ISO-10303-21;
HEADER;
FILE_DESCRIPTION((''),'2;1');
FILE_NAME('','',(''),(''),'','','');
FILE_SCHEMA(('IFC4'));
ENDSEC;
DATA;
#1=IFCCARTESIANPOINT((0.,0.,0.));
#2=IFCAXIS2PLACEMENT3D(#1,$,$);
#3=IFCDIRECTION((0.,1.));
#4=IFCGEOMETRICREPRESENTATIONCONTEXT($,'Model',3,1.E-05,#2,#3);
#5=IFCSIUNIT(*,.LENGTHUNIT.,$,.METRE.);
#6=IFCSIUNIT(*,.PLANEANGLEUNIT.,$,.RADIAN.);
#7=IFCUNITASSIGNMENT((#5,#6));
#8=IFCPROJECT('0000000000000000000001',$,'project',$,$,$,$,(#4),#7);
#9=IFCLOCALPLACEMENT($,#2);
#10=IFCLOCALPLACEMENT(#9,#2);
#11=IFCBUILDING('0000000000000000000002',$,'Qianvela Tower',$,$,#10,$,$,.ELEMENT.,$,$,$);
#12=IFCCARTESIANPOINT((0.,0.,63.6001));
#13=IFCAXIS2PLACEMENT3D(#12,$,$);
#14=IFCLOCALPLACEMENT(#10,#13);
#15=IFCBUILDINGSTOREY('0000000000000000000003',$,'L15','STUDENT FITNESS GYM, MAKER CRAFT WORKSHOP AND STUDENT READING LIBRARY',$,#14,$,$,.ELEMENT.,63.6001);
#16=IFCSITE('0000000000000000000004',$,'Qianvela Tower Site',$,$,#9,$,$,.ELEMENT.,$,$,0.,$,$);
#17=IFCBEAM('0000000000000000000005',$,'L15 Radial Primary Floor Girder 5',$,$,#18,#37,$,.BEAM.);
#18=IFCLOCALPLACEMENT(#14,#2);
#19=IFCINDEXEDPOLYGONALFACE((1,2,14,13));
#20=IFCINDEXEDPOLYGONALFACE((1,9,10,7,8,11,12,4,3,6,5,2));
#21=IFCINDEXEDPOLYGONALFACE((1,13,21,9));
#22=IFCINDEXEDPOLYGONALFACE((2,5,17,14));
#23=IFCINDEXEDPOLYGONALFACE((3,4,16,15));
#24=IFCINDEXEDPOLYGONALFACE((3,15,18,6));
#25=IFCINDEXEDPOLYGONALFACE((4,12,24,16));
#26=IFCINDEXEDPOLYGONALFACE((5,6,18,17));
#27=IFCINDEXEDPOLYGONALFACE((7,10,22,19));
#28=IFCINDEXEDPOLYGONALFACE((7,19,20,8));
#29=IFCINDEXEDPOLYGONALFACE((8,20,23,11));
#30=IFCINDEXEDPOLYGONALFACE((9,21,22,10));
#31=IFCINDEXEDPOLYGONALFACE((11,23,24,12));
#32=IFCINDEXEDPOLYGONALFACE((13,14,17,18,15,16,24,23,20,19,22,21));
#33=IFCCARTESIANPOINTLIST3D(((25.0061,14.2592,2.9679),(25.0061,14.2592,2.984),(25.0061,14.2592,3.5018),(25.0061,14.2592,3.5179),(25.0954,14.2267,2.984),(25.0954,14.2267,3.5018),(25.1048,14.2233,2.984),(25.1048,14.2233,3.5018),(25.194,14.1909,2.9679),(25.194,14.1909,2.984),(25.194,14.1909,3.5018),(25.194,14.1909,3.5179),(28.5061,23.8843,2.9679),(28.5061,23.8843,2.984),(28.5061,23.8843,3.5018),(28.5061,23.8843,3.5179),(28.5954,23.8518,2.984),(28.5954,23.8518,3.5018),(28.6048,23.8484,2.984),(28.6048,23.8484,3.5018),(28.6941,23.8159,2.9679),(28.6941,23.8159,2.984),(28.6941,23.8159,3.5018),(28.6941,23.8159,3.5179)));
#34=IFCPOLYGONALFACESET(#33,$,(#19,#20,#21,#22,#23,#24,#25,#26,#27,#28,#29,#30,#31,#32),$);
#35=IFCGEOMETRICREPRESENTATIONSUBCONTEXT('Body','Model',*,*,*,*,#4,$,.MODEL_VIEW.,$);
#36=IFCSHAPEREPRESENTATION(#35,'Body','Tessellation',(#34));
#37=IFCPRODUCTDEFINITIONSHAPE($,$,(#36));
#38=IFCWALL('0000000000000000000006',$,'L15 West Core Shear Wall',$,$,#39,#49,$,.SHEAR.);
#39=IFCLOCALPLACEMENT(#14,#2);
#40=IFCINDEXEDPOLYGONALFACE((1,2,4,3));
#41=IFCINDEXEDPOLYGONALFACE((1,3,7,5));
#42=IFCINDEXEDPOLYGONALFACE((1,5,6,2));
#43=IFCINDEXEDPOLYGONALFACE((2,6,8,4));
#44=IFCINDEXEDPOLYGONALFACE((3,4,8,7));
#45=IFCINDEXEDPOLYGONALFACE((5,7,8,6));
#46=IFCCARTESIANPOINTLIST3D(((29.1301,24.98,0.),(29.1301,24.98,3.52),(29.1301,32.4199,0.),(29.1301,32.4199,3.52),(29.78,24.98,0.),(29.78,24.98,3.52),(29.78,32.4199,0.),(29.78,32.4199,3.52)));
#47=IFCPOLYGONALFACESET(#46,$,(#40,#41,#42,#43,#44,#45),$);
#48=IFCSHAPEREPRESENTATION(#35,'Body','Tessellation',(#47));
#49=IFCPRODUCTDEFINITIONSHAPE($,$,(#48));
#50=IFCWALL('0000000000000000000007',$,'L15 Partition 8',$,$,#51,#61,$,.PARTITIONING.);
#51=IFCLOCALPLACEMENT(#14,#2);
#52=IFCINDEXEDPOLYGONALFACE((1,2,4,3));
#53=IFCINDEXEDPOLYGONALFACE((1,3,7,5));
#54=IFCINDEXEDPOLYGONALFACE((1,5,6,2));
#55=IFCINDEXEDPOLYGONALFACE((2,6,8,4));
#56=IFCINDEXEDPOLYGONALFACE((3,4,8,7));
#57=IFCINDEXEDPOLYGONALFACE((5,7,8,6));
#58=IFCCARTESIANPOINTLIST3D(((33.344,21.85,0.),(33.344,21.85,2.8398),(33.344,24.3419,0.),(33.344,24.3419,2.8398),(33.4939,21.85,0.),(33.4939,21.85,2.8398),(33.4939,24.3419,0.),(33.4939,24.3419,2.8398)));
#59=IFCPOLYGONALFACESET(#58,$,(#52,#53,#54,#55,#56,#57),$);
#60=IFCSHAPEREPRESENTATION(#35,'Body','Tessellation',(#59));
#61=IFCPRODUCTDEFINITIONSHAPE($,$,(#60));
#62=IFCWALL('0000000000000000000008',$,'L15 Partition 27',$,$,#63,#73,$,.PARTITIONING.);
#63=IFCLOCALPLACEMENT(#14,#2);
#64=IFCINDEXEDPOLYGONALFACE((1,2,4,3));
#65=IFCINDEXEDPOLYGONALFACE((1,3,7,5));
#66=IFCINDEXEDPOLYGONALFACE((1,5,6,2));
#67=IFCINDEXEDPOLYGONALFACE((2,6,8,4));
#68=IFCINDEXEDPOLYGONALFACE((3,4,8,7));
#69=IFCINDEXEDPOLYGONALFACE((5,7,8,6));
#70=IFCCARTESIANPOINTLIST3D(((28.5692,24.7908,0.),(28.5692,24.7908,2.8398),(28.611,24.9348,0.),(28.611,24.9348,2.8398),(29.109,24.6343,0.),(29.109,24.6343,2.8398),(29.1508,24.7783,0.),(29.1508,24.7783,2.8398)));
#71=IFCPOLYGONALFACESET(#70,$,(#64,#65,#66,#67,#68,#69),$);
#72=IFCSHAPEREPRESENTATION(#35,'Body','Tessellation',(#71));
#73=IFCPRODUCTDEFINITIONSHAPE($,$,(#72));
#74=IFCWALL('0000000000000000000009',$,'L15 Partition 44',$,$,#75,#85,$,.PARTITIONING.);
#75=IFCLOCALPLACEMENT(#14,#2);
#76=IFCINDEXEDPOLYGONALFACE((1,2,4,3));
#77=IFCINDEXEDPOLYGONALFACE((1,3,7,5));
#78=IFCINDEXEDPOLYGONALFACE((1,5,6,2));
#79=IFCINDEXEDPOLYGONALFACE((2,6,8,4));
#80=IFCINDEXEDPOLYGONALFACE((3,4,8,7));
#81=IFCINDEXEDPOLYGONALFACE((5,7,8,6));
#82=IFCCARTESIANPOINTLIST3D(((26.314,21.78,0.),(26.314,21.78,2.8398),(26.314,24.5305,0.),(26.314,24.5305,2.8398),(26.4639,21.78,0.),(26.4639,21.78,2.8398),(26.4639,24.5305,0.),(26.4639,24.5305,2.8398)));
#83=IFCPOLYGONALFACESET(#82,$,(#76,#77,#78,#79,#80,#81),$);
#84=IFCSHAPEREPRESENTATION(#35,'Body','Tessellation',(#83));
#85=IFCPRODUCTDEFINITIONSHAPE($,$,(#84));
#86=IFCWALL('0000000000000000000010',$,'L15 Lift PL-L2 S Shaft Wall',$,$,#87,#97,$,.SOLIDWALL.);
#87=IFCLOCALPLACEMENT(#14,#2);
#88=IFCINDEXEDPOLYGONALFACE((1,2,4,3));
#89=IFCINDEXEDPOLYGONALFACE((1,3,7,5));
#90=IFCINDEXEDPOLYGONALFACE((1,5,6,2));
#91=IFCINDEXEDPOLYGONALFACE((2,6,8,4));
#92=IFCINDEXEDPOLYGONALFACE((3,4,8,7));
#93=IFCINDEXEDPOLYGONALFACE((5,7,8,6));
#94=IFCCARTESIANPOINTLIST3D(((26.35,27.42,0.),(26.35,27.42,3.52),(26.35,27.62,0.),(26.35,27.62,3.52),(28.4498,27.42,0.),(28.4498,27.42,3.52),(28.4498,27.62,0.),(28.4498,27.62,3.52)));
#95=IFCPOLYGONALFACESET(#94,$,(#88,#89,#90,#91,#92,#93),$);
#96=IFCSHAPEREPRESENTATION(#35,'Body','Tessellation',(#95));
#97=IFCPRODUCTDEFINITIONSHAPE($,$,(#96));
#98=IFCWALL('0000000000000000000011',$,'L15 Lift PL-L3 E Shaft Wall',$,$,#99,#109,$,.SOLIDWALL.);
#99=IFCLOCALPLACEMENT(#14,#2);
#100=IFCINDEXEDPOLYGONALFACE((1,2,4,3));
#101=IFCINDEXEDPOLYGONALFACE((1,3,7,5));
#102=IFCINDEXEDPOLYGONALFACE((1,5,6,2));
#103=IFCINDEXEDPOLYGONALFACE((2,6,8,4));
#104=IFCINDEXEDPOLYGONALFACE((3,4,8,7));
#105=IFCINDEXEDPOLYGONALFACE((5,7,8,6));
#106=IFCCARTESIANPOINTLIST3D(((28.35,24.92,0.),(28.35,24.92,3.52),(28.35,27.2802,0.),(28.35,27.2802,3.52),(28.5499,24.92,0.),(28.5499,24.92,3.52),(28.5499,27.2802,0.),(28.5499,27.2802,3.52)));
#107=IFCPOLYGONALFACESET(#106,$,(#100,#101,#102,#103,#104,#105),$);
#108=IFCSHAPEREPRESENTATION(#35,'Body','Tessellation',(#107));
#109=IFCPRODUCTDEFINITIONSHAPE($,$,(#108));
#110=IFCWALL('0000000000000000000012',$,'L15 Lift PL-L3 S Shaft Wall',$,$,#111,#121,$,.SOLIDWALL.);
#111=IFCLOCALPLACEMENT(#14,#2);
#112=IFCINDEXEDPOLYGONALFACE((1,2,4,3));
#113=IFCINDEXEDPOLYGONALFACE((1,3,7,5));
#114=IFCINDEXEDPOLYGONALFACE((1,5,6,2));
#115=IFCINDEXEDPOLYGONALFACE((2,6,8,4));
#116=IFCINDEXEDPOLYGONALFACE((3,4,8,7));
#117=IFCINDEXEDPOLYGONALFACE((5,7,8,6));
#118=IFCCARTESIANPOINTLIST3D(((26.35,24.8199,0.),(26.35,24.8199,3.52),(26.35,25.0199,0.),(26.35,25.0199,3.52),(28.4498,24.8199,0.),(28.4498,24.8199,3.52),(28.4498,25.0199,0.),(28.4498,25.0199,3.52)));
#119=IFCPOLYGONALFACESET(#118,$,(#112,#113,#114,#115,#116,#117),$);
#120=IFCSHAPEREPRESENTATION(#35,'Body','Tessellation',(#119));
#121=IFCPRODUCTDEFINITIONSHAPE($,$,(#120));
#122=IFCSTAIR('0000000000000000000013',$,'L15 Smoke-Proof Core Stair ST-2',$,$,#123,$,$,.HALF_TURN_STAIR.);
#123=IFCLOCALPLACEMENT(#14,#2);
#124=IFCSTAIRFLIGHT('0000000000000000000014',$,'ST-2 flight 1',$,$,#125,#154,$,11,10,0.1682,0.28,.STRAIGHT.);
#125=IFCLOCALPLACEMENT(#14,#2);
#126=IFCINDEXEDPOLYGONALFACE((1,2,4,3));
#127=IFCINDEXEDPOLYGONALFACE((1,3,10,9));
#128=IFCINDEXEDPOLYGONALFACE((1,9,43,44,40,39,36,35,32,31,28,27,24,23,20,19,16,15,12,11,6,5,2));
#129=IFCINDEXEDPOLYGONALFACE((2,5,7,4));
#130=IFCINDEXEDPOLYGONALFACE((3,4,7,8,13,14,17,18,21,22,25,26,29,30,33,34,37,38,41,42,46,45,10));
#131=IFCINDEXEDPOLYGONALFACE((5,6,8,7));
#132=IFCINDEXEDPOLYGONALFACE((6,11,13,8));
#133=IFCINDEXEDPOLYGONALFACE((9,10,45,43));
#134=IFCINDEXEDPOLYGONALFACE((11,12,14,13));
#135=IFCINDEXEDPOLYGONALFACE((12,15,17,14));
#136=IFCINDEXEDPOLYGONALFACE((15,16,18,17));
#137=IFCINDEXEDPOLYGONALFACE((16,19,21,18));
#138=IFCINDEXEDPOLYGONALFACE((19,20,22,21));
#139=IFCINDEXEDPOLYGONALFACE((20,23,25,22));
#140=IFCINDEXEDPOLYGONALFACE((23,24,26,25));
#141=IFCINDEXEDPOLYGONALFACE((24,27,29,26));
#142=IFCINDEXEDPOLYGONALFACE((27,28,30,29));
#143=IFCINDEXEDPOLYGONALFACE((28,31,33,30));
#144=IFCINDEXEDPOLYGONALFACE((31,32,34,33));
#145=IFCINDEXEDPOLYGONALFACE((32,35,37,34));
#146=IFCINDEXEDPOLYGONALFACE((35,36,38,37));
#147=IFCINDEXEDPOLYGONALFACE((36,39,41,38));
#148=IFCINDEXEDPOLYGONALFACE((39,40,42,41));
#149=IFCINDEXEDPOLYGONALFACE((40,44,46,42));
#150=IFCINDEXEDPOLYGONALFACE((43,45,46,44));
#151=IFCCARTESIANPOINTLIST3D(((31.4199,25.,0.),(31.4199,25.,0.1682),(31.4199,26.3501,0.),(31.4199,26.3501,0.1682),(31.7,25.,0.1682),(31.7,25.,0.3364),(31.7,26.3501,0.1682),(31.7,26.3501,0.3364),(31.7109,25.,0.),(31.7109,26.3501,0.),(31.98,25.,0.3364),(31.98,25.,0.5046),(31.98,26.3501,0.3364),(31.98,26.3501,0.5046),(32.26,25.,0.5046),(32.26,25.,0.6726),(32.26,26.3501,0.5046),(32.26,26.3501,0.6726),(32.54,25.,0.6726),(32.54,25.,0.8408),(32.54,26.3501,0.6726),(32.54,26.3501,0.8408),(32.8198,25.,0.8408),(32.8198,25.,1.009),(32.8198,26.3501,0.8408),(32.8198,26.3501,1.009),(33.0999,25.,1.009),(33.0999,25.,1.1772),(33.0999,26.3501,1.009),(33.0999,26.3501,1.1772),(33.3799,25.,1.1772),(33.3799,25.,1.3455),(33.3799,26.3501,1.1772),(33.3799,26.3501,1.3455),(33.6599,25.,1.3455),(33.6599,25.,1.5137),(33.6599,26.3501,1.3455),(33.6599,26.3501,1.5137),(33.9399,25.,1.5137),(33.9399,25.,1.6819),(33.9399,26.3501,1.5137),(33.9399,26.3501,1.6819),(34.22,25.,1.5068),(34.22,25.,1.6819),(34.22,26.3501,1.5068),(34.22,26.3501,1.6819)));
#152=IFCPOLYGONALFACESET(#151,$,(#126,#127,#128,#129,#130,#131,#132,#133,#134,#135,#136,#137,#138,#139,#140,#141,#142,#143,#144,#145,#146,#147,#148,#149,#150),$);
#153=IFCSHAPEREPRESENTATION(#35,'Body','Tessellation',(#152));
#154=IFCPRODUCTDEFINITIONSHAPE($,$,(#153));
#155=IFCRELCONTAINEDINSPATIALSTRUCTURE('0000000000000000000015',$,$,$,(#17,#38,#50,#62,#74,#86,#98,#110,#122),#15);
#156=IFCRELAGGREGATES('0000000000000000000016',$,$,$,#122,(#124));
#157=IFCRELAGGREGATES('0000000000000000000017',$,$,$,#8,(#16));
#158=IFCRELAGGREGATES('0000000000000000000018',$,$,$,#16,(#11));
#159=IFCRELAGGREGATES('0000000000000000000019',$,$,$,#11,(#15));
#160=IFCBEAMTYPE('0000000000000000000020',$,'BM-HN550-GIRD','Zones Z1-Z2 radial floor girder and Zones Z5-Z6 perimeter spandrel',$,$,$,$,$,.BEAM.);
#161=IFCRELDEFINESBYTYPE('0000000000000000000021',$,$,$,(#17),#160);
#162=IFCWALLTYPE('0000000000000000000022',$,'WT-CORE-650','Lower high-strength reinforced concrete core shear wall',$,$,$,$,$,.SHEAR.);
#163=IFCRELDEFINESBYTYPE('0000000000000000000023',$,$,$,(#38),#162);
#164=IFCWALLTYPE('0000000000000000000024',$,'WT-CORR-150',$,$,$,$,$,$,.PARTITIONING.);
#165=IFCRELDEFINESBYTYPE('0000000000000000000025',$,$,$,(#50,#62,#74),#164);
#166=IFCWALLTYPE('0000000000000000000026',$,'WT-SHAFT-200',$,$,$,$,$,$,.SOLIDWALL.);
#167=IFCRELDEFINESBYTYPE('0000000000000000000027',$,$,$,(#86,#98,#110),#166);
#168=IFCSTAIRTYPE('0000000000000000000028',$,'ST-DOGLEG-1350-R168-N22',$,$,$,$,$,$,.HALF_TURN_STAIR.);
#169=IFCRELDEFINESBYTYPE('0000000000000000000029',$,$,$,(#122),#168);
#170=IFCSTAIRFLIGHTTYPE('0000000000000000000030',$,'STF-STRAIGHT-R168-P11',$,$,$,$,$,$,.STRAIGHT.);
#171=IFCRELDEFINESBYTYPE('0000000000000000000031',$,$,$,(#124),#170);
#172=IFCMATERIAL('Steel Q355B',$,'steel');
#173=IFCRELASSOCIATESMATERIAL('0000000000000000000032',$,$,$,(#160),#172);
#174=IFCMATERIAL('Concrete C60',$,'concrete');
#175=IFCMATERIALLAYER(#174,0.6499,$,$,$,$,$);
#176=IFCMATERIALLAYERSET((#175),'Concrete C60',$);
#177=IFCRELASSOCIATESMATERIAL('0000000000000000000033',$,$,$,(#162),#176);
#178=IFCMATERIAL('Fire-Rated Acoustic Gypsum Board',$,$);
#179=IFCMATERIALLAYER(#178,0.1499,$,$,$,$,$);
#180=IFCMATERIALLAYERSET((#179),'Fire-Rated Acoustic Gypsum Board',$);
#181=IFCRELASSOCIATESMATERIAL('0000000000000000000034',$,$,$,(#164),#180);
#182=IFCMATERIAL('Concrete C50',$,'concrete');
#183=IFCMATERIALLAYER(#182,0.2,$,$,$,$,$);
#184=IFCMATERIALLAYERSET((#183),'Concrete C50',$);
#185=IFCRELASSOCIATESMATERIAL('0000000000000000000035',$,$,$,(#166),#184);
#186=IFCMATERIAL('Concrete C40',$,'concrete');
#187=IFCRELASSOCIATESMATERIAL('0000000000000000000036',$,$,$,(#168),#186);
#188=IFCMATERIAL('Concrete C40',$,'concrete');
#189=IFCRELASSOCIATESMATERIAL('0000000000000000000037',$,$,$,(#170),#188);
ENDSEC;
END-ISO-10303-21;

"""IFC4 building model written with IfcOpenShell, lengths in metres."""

from ifc_helpers import new_model, si_unit, direction, frame, frame_2d, origin, origin_2d, place, context, subcontext, project, spatial, polyline, rectangle, i_section, outline, extrude, material, layer, layer_set, material_profile, profile_set, type_object, element, aggregate, save


model = new_model("IFC4")

# Units and contexts
model_context = context("Model", 3, precision=1e-05, world=origin(), true_north=direction((0.0, 1.0)))
body_context = subcontext(model_context, "Body", "Model", "MODEL_VIEW")
ifc_project = project(units=[si_unit("LENGTHUNIT", "METRE"), si_unit("PLANEANGLEUNIT", "RADIAN")], contexts=[model_context])

# Site, building, storey
site_placement = place(None, origin())
site = spatial("IfcSite", under=ifc_project, at=site_placement, Name="Qianvela Tower Site", CompositionType="ELEMENT", RefElevation=0.0)
building_placement = place(site_placement, origin())
building = spatial("IfcBuilding", under=site, at=building_placement, Name="Qianvela Tower", CompositionType="ELEMENT")
storey_placement = place(building_placement, frame((0.0, 0.0, 63.6001)))
storey = spatial("IfcBuildingStorey", under=building, at=storey_placement, Name="L15", Description="STUDENT FITNESS GYM, MAKER CRAFT WORKSHOP AND STUDENT READING LIBRARY", CompositionType="ELEMENT", Elevation=63.6001)

# Beam
ifc_material_1 = material(Name="Steel Q355B", Category="steel")
ifc_material_profile = material_profile(ifc_material_1, i_section(OverallWidth=0.2, OverallDepth=0.55, WebThickness=0.01, FlangeThickness=0.0161, at=origin_2d()), Name="HN550x200x10x16")
ifc_profile_set = profile_set([ifc_material_profile], Name="Steel Q355B")
beam_type = type_object("IfcBeamType", Name="BM-HN550-GIRD", Description="Zones Z1-Z2 radial floor girder and Zones Z5-Z6 perimeter spandrel", PredefinedType="BEAM", material=ifc_profile_set)
beam_placement = place(storey_placement, frame((28.6001, 23.8501, 3.2429), z_axis=(-0.341743, -0.939793, 0.0), x_axis=(0.939793, -0.341743, 0.0)))
element("IfcBeam", 1, at=beam_placement, inside=storey, type_object=beam_type, Name="L15 Radial Primary Floor Girder 5", PredefinedType="BEAM", context=body_context, shape_type="SweptSolid", body=[
    extrude(i_section(OverallWidth=0.2, OverallDepth=0.55, WebThickness=0.01, FlangeThickness=0.0161, at=origin_2d()), origin(), (0.0, 0.0, 1.0), 10.2417),
])

# Shared definitions
ifc_material_2 = material(Name="Concrete C60", Category="concrete")
ifc_layer_1 = layer(ifc_material_2, 0.6499)
ifc_layer_set_1 = layer_set([ifc_layer_1], Name="Concrete C60")
wall_type_1 = type_object("IfcWallType", Name="WT-CORE-650", Description="Lower high-strength reinforced concrete core shear wall", PredefinedType="SHEAR", material=ifc_layer_set_1)

# Walls
wall_1_placement = place(storey_placement, frame((29.4551, 24.98, 0.0), z_axis=(0.0, 0.0, 1.0), x_axis=(0.0, 1.0, 0.0)))
element("IfcWall", 2, at=wall_1_placement, inside=storey, type_object=wall_type_1, Name="L15 West Core Shear Wall", PredefinedType="SHEAR", context=body_context, shape_type="SweptSolid", body=[
    extrude(rectangle(XDim=7.4399, YDim=0.6499, at=frame_2d((3.72, 0.0))), origin(), (0.0, 0.0, 1.0), 3.52),
])
ifc_material_3 = material(Name="Fire-Rated Acoustic Gypsum Board")
ifc_layer_2 = layer(ifc_material_3, 0.1499)
ifc_layer_set_2 = layer_set([ifc_layer_2], Name="Fire-Rated Acoustic Gypsum Board")
wall_type_2 = type_object("IfcWallType", Name="WT-CORR-150", PredefinedType="PARTITIONING", material=ifc_layer_set_2)
wall_2_placement = place(storey_placement, frame((33.4189, 24.342, 0.0), z_axis=(0.0, 0.0, 1.0), x_axis=(0.0, -1.0, 0.0)))
element("IfcWall", 3, at=wall_2_placement, inside=storey, type_object=wall_type_2, Name="L15 Partition 8", PredefinedType="PARTITIONING", context=body_context, shape_type="SweptSolid", body=[
    extrude(rectangle(XDim=2.4919, YDim=0.1499, at=frame_2d((1.2461, 0.0))), origin(), (0.0, 0.0, 1.0), 2.8398),
])
wall_3_placement = place(storey_placement, frame((29.1299, 24.7063, 0.0), z_axis=(0.0, 0.0, 1.0), x_axis=(-0.960451, 0.278448, 0.0)))
element("IfcWall", 4, at=wall_3_placement, inside=storey, type_object=wall_type_2, Name="L15 Partition 27", PredefinedType="PARTITIONING", context=body_context, shape_type="SweptSolid", body=[
    extrude(rectangle(XDim=0.562, YDim=0.1499, at=frame_2d((0.281, 0.0))), origin(), (0.0, 0.0, 1.0), 2.8398),
])
wall_4_placement = place(storey_placement, frame((26.3889, 24.5305, 0.0), z_axis=(0.0, 0.0, 1.0), x_axis=(0.0, -1.0, 0.0)))
element("IfcWall", 5, at=wall_4_placement, inside=storey, type_object=wall_type_2, Name="L15 Partition 44", PredefinedType="PARTITIONING", context=body_context, shape_type="SweptSolid", body=[
    extrude(rectangle(XDim=2.7505, YDim=0.1499, at=frame_2d((1.3752, 0.0))), origin(), (0.0, 0.0, 1.0), 2.8398),
])

# Shared definitions
ifc_material_4 = material(Name="Concrete C50", Category="concrete")
ifc_layer_3 = layer(ifc_material_4, 0.2)
ifc_layer_set_3 = layer_set([ifc_layer_3], Name="Concrete C50")
wall_type_3 = type_object("IfcWallType", Name="WT-SHAFT-200", PredefinedType="SOLIDWALL", material=ifc_layer_set_3)

# Walls
wall_5_placement = place(storey_placement, frame((26.3501, 27.52, 0.0), z_axis=(0.0, 0.0, 1.0), x_axis=(1.0, 0.0, 0.0)))
element("IfcWall", 6, at=wall_5_placement, inside=storey, type_object=wall_type_3, Name="L15 Lift PL-L2 S Shaft Wall", PredefinedType="SOLIDWALL", context=body_context, shape_type="SweptSolid", body=[
    extrude(rectangle(XDim=2.0999, YDim=0.2, at=frame_2d((1.0498, 0.0))), origin(), (0.0, 0.0, 1.0), 3.52),
])
wall_6_placement = place(storey_placement, frame((28.45, 24.9199, 0.0), z_axis=(0.0, 0.0, 1.0), x_axis=(0.0, 1.0, 0.0)))
element("IfcWall", 7, at=wall_6_placement, inside=storey, type_object=wall_type_3, Name="L15 Lift PL-L3 E Shaft Wall", PredefinedType="SOLIDWALL", context=body_context, shape_type="SweptSolid", body=[
    extrude(rectangle(XDim=2.3601, YDim=0.2, at=frame_2d((1.1802, 0.0))), origin(), (0.0, 0.0, 1.0), 3.52),
])

# Wall
wall_7_placement = place(storey_placement, frame((26.3501, 24.9199, 0.0), z_axis=(0.0, 0.0, 1.0), x_axis=(1.0, 0.0, 0.0)))
element("IfcWall", 8, at=wall_7_placement, inside=storey, type_object=wall_type_3, Name="L15 Lift PL-L3 S Shaft Wall", PredefinedType="SOLIDWALL", context=body_context, shape_type="SweptSolid", body=[
    extrude(rectangle(XDim=2.0999, YDim=0.2, at=frame_2d((1.0498, 0.0))), origin(), (0.0, 0.0, 1.0), 3.52),
])

# Stair, stair flight
ifc_material_5 = material(Name="Concrete C40", Category="concrete")
stair_type = type_object("IfcStairType", Name="ST-DOGLEG-1350-R168-N22", PredefinedType="HALF_TURN_STAIR", material=ifc_material_5)
stair_placement = place(storey_placement, origin())
stair = element("IfcStair", 9, at=stair_placement, inside=storey, type_object=stair_type, Name="L15 Smoke-Proof Core Stair ST-2", PredefinedType="HALF_TURN_STAIR")
ifc_material_6 = material(Name="Concrete C40", Category="concrete")
stair_flight_type = type_object("IfcStairFlightType", Name="STF-STRAIGHT-R168-P11", PredefinedType="STRAIGHT", material=ifc_material_6)
stair_flight_placement = place(storey_placement, frame((31.4199, 25.675, 0.0), z_axis=(0.0, 0.0, 1.0), x_axis=(1.0, 0.0, 0.0)))
stair_flight = element("IfcStairFlight", 10, at=stair_flight_placement, type_object=stair_flight_type, Name="ST-2 flight 1", NumberOfRisers=11, NumberOfTreads=10, PredefinedType="STRAIGHT", RiserHeight=0.1682, TreadLength=0.28, context=body_context, shape_type="SweptSolid", body=[
    extrude(outline(polyline([(0.0, 0.0), (0.0, 0.1682), (0.28, 0.1682), (0.28, 0.3364), (0.5601, 0.3364), (0.5601, 0.5046), (0.8401, 0.5046), (0.8401, 0.6726), (1.1201, 0.6726), (1.1201, 0.8408), (1.3999, 0.8408), (1.3999, 1.009), (1.6799, 1.009), (1.6799, 1.1772), (1.96, 1.1772), (1.96, 1.3455), (2.24, 1.3455), (2.24, 1.5137), (2.52, 1.5137), (2.52, 1.6819), (2.8, 1.6819), (2.8, 1.8501), (2.8, 1.5068), (0.291, 0.0), (0.0, 0.0)])), frame((0.0, 0.675, 0.0), z_axis=(0.0, -1.0, 0.0), x_axis=(1.0, 0.0, 0.0)), (0.0, 0.0, 1.0), 1.3501),
])
aggregate(stair, [stair_flight])

save(model, "model.ifc")
